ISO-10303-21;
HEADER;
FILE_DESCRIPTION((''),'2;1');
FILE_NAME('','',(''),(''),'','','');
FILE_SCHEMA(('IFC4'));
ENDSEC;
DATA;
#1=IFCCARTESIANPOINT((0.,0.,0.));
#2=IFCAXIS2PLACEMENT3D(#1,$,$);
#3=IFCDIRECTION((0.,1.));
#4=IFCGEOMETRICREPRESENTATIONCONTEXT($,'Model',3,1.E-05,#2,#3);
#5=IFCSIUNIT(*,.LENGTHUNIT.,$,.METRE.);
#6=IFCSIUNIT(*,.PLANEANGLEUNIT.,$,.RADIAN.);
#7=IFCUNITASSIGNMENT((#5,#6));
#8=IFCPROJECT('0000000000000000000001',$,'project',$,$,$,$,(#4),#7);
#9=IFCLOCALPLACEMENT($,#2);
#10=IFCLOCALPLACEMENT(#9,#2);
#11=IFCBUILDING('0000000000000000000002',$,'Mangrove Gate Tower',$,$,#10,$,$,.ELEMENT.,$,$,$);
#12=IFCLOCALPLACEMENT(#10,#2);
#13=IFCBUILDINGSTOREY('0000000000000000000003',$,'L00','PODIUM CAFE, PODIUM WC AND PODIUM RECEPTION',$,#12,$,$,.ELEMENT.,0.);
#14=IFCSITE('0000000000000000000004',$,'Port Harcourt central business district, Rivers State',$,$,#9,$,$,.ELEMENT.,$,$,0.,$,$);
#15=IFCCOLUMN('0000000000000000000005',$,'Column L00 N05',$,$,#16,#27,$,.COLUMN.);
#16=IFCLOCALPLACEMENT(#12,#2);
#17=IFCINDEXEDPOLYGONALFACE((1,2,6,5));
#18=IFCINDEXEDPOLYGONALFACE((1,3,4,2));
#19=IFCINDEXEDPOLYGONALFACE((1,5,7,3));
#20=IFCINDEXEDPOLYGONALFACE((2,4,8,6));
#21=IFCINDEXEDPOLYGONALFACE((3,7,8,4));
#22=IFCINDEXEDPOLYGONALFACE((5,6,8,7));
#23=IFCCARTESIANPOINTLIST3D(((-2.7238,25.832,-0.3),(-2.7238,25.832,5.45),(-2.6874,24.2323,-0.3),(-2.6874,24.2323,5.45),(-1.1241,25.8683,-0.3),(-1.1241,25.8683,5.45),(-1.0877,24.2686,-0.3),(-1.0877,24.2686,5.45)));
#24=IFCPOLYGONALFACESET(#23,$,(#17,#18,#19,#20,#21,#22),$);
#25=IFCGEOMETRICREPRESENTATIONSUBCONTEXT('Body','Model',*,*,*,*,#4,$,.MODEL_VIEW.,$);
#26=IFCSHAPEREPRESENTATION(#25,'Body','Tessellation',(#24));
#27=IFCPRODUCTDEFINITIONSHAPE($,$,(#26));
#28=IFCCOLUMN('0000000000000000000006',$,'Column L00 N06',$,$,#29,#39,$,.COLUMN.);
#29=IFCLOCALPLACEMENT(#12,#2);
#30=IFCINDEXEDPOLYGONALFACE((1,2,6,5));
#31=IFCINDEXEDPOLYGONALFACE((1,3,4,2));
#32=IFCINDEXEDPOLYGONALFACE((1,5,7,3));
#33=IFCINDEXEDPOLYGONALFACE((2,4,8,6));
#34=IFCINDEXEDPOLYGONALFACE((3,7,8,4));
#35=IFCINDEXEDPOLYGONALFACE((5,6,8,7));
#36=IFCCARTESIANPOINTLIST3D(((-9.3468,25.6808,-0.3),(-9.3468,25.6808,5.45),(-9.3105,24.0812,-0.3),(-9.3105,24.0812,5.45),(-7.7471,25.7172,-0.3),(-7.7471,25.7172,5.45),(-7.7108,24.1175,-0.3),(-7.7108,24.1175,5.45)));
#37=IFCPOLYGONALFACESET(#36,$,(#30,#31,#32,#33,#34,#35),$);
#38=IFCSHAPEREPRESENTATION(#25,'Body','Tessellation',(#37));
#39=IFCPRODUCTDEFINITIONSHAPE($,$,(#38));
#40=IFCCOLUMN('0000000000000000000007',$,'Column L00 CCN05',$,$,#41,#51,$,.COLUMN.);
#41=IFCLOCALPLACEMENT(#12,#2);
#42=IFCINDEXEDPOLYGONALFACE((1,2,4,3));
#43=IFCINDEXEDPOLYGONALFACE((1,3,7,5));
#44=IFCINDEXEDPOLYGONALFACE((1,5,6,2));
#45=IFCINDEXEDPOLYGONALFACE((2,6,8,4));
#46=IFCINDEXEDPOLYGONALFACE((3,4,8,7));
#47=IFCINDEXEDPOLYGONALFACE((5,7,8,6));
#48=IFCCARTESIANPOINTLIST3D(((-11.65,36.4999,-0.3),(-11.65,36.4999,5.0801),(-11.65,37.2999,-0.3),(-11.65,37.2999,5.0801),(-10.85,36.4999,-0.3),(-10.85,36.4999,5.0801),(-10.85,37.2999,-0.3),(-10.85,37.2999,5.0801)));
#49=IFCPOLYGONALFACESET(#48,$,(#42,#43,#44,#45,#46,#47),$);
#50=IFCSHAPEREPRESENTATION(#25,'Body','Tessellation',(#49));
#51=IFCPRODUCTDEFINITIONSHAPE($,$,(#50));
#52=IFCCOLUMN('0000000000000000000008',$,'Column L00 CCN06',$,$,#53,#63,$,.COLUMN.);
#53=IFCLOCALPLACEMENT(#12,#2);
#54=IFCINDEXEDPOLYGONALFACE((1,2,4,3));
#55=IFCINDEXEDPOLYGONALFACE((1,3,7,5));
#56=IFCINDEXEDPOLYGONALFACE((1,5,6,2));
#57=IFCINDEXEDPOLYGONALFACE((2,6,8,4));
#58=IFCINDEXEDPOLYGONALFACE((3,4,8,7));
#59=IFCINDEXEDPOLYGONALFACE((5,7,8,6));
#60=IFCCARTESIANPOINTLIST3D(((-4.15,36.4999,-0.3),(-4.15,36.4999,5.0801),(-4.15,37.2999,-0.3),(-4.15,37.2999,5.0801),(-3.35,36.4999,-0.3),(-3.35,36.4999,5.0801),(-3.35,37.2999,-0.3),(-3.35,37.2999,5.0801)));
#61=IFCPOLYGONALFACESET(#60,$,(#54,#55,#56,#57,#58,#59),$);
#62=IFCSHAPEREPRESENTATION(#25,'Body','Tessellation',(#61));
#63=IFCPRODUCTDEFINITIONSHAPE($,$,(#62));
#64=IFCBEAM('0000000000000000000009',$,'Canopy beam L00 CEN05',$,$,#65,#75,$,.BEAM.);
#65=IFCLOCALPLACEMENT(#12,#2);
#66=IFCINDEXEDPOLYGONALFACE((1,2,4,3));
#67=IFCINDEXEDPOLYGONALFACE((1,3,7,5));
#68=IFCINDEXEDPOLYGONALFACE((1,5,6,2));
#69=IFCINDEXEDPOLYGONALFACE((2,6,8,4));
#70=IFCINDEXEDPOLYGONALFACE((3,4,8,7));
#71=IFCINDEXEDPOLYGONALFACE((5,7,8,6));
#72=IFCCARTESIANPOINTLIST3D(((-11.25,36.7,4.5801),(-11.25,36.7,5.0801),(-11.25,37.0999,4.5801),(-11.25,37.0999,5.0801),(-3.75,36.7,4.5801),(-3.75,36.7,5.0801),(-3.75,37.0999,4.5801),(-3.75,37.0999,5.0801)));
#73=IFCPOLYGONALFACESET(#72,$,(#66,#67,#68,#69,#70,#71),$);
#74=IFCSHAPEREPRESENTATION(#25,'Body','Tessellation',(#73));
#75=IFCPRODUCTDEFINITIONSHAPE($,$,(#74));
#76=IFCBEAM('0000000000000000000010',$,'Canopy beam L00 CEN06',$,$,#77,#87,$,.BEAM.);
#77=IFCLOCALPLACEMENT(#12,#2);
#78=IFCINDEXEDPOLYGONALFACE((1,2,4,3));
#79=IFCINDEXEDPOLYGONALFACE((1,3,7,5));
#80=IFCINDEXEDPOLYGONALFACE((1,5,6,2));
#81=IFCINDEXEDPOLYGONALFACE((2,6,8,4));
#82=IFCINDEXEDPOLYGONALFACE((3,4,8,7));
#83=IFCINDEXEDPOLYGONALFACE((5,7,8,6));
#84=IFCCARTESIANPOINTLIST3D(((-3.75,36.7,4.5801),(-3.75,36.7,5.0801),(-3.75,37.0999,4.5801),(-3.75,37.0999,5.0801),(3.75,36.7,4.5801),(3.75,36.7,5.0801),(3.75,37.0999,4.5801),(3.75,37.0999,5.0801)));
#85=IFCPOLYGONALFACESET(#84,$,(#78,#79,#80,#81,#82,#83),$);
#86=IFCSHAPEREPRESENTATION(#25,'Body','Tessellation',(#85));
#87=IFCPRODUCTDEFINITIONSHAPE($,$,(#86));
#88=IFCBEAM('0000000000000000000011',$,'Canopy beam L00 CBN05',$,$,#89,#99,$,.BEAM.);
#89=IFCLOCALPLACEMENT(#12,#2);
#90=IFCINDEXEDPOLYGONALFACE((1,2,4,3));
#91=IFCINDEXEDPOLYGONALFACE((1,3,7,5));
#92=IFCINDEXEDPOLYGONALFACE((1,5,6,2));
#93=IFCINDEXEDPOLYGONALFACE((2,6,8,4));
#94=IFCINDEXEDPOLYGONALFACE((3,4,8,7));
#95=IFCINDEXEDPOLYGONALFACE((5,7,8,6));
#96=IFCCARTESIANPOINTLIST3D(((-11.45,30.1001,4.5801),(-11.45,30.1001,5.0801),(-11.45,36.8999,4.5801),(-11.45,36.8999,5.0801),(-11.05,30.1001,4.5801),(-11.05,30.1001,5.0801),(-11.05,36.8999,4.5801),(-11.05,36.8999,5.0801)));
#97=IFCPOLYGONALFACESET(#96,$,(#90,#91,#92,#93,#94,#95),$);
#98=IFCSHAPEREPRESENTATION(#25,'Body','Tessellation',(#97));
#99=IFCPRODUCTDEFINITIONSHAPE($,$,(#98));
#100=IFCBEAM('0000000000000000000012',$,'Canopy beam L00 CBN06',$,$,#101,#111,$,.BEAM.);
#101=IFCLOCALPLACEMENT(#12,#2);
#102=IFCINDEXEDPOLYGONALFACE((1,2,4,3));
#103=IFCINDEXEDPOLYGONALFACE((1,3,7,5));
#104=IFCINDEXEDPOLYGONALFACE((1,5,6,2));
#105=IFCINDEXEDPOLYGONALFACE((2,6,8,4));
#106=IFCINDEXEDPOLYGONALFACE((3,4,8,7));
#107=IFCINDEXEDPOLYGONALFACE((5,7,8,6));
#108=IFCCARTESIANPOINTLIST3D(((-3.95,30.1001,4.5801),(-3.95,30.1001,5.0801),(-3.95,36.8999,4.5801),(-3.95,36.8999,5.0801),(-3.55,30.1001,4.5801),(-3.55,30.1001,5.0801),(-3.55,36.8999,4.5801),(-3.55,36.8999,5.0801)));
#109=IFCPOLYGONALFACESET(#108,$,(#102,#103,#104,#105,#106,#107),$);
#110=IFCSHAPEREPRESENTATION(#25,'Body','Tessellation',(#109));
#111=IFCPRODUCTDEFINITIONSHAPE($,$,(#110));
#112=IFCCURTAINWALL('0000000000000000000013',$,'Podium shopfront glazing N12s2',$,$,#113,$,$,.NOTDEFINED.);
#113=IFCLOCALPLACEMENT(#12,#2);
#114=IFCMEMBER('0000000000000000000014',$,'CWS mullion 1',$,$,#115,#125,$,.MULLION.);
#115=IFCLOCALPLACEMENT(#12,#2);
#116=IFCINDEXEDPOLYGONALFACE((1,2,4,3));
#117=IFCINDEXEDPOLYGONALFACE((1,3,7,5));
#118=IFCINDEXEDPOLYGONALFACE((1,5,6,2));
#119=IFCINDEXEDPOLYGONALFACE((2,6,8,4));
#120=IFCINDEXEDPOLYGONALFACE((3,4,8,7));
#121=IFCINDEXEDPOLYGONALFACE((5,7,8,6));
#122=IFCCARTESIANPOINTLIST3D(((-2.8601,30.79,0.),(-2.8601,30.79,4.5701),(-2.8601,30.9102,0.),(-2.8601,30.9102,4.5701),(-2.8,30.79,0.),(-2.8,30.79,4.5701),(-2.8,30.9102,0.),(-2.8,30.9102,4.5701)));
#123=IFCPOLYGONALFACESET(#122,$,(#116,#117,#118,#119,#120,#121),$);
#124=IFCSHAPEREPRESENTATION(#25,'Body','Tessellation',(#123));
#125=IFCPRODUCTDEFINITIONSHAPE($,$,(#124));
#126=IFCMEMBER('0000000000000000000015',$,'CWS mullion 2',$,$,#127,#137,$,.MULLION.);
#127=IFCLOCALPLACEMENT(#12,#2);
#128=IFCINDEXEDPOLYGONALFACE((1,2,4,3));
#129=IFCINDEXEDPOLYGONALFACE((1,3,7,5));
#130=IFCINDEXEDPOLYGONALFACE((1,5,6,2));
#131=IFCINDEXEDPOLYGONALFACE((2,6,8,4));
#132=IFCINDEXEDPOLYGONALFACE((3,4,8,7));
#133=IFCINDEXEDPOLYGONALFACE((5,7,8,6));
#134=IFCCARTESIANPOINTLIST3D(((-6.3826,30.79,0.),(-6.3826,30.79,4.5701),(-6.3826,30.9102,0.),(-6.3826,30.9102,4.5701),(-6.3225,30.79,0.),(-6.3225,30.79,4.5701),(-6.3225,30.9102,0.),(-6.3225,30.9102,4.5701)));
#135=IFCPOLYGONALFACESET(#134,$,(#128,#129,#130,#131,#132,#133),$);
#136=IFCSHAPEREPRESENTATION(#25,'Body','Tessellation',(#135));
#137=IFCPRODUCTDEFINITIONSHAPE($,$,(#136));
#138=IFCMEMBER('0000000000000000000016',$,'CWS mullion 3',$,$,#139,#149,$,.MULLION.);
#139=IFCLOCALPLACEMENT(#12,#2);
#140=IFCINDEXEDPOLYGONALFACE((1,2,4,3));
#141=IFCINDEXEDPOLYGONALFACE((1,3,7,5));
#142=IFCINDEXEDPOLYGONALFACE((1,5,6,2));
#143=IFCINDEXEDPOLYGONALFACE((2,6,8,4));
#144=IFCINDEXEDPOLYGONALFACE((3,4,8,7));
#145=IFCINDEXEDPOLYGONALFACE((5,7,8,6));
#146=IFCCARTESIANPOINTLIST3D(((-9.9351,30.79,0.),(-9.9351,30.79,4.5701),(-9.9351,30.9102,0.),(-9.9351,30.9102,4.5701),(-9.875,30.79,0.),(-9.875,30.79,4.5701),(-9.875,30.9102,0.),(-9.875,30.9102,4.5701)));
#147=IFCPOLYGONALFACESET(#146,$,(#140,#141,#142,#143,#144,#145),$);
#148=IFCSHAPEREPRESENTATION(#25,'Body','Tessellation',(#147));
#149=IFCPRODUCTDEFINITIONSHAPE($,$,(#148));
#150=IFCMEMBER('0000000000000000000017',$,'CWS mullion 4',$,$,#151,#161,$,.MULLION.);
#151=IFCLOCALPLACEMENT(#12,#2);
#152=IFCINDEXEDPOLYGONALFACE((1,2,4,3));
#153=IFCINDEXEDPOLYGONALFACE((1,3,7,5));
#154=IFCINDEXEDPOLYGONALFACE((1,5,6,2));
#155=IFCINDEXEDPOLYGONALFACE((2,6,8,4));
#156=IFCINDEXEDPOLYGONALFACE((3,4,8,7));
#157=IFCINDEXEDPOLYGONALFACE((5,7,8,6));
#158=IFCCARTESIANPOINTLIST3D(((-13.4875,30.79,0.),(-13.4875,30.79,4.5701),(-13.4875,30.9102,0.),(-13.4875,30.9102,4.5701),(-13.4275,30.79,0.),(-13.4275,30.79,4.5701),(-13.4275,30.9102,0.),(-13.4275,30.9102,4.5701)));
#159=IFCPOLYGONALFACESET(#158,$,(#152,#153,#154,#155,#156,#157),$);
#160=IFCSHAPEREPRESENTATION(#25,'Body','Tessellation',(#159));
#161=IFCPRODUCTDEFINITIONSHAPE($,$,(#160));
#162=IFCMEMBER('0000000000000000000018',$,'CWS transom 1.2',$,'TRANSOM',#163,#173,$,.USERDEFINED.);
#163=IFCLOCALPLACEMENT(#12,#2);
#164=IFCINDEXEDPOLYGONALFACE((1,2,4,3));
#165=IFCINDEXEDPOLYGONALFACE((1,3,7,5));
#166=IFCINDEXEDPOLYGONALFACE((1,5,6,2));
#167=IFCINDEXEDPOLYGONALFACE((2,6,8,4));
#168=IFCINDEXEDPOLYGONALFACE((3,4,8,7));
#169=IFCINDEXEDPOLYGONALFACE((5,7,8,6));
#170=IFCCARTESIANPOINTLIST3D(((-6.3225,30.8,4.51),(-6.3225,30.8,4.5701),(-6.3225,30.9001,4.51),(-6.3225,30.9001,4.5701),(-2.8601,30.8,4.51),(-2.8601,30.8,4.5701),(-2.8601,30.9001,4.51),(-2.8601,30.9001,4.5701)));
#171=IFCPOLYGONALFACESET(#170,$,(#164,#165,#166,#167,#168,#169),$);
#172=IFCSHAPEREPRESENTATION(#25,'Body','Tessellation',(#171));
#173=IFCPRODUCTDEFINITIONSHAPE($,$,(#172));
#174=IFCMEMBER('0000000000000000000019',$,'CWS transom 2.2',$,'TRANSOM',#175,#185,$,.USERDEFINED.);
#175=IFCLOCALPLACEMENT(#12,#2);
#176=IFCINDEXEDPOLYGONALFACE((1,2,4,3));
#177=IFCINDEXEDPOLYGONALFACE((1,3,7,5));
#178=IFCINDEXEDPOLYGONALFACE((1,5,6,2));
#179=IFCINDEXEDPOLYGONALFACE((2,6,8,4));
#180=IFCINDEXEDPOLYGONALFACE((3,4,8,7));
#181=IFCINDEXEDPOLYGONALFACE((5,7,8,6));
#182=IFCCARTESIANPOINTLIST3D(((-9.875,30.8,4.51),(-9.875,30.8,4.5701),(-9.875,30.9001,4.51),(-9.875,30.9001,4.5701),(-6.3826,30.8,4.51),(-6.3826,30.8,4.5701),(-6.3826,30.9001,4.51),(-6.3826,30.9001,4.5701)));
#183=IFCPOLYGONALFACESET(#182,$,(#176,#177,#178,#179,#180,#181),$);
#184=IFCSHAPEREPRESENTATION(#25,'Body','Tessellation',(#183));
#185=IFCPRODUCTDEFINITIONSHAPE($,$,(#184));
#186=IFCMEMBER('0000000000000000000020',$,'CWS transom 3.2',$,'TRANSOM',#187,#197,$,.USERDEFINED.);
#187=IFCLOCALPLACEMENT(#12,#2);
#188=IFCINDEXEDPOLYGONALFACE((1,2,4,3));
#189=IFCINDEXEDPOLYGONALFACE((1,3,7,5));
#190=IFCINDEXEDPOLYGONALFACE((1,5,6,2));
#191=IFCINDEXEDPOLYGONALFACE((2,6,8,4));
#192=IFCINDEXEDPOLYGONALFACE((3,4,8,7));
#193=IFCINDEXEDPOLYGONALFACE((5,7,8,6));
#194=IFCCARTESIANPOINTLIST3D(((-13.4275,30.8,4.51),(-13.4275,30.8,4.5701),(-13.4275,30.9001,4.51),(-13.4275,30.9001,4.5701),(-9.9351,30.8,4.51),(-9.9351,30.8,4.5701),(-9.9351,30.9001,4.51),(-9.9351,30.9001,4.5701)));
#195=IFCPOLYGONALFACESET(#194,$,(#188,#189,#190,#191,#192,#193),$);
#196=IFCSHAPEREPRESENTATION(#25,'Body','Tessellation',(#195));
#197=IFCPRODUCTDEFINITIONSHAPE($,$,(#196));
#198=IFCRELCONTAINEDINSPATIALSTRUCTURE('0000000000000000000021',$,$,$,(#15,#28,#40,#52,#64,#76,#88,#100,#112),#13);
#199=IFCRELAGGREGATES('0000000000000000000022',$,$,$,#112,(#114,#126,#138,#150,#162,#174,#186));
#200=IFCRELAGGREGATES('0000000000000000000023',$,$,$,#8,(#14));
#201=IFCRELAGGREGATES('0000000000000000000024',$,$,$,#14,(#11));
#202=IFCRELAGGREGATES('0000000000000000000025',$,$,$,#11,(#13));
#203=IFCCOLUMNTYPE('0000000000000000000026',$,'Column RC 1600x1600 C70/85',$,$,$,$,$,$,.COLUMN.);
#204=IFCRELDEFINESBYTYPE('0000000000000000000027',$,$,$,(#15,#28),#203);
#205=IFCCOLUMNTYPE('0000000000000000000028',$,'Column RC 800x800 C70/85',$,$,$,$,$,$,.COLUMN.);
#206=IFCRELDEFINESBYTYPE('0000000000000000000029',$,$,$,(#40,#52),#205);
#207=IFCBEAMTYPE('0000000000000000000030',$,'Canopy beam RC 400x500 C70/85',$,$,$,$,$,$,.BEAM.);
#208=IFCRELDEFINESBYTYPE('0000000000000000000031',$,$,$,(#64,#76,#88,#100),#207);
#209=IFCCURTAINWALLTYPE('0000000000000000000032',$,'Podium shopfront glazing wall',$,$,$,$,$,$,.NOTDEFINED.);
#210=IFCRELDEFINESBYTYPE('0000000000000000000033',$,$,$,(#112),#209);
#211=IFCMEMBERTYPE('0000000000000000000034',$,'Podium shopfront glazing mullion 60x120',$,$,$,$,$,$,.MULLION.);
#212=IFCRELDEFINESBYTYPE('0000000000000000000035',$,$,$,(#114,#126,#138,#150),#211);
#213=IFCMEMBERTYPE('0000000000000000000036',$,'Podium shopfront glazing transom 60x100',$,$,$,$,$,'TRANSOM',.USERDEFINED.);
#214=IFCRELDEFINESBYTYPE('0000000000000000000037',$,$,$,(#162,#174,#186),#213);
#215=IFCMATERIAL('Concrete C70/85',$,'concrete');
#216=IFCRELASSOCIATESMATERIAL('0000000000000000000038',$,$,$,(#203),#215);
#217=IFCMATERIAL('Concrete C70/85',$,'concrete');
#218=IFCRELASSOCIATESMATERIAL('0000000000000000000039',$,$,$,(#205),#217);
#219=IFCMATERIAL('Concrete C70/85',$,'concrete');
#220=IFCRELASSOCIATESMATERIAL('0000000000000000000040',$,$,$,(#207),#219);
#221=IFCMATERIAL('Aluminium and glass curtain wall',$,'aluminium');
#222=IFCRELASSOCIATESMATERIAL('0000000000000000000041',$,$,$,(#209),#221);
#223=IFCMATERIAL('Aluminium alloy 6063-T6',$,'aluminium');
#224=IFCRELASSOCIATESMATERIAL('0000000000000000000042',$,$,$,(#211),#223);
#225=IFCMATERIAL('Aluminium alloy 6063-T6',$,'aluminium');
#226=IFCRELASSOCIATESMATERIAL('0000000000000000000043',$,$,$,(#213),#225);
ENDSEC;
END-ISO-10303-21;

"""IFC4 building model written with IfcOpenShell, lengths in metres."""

from ifc_helpers import new_model, si_unit, direction, frame, origin, origin_2d, place, context, subcontext, project, spatial, rectangle, extrude, material, material_profile, profile_set, type_object, element, aggregate, save


model = new_model("IFC4")

# Units and contexts
model_context = context("Model", 3, precision=1e-05, world=origin(), true_north=direction((0.0, 1.0)))
body_context = subcontext(model_context, "Body", "Model", "MODEL_VIEW")
ifc_project = project(units=[si_unit("LENGTHUNIT", "METRE"), si_unit("PLANEANGLEUNIT", "RADIAN")], contexts=[model_context])

# Site, building, storey
site_placement = place(None, origin())
site = spatial("IfcSite", under=ifc_project, at=site_placement, Name="Port Harcourt central business district, Rivers State", CompositionType="ELEMENT", RefElevation=0.0)
building_placement = place(site_placement, origin())
building = spatial("IfcBuilding", under=site, at=building_placement, Name="Mangrove Gate Tower", CompositionType="ELEMENT")
storey_placement = place(building_placement, origin())
storey = spatial("IfcBuildingStorey", under=building, at=storey_placement, Name="L00", Description="PODIUM CAFE, PODIUM WC AND PODIUM RECEPTION", CompositionType="ELEMENT", Elevation=0.0)

# Columns
ifc_material_1 = material(Name="Concrete C70/85", Category="concrete")
ifc_material_profile_1 = material_profile(ifc_material_1, rectangle(XDim=1.6001, YDim=1.6001, at=origin_2d()))
ifc_profile_set_1 = profile_set([ifc_material_profile_1], Name="Concrete C70/85")
column_type_1 = type_object("IfcColumnType", Name="Column RC 1600x1600 C70/85", PredefinedType="COLUMN", material=ifc_profile_set_1)
for number, where, z_axis, x_axis, name in (
    (1, (-1.9058, 25.0503, -0.3), (0.0, 0.0, 1.0), (-0.999742, -0.022718, 0.0), "Column L00 N05"),
    (2, (-8.5288, 24.8992, -0.3), (0.0, 0.0, 1.0), (-0.999742, -0.022716, 0.0), "Column L00 N06"),
):
    element("IfcColumn", number, at=place(storey_placement, frame(where, z_axis=z_axis, x_axis=x_axis)), inside=storey, type_object=column_type_1, Name=name, PredefinedType="COLUMN", context=body_context, shape_type="SweptSolid", body=[
        extrude(rectangle(XDim=1.6001, YDim=1.6001, at=origin_2d()), origin(), (0.0, 0.0, 1.0), 5.75),
    ])
ifc_material_2 = material(Name="Concrete C70/85", Category="concrete")
ifc_material_profile_2 = material_profile(ifc_material_2, rectangle(XDim=0.8, YDim=0.8, at=origin_2d()))
ifc_profile_set_2 = profile_set([ifc_material_profile_2], Name="Concrete C70/85")
column_type_2 = type_object("IfcColumnType", Name="Column RC 800x800 C70/85", PredefinedType="COLUMN", material=ifc_profile_set_2)
for number, where, z_axis, x_axis, name in (
    (3, (-11.25, 36.8999, -0.3), (0.0, 0.0, 1.0), (1.0, 0.0, 0.0), "Column L00 CCN05"),
    (4, (-3.75, 36.8999, -0.3), (0.0, 0.0, 1.0), (1.0, 0.0, 0.0), "Column L00 CCN06"),
):
    element("IfcColumn", number, at=place(storey_placement, frame(where, z_axis=z_axis, x_axis=x_axis)), inside=storey, type_object=column_type_2, Name=name, PredefinedType="COLUMN", context=body_context, shape_type="SweptSolid", body=[
        extrude(rectangle(XDim=0.8, YDim=0.8, at=origin_2d()), origin(), (0.0, 0.0, 1.0), 5.3801),
    ])

# Beams
ifc_material_3 = material(Name="Concrete C70/85", Category="concrete")
ifc_material_profile_3 = material_profile(ifc_material_3, rectangle(XDim=0.3999, YDim=0.5, at=origin_2d()))
ifc_profile_set_3 = profile_set([ifc_material_profile_3], Name="Concrete C70/85")
beam_type = type_object("IfcBeamType", Name="Canopy beam RC 400x500 C70/85", PredefinedType="BEAM", material=ifc_profile_set_3)
for number, where, z_axis, x_axis, name in (
    (5, (-11.25, 36.8999, 4.8301), (1.0, 0.0, 0.0), (0.0, 1.0, 0.0), "Canopy beam L00 CEN05"),
    (6, (-3.75, 36.8999, 4.8301), (1.0, 0.0, 0.0), (0.0, 1.0, 0.0), "Canopy beam L00 CEN06"),
):
    element("IfcBeam", number, at=place(storey_placement, frame(where, z_axis=z_axis, x_axis=x_axis)), inside=storey, type_object=beam_type, Name=name, PredefinedType="BEAM", context=body_context, shape_type="SweptSolid", body=[
        extrude(rectangle(XDim=0.3999, YDim=0.5, at=origin_2d()), origin(), (0.0, 0.0, 1.0), 7.5),
    ])
for number, where, z_axis, x_axis, name in (
    (7, (-11.25, 30.1001, 4.8301), (0.0, 1.0, 0.0), (-1.0, 0.0, 0.0), "Canopy beam L00 CBN05"),
    (8, (-3.75, 30.1001, 4.8301), (0.0, 1.0, 0.0), (-1.0, 0.0, 0.0), "Canopy beam L00 CBN06"),
):
    element("IfcBeam", number, at=place(storey_placement, frame(where, z_axis=z_axis, x_axis=x_axis)), inside=storey, type_object=beam_type, Name=name, PredefinedType="BEAM", context=body_context, shape_type="SweptSolid", body=[
        extrude(rectangle(XDim=0.3999, YDim=0.5, at=origin_2d()), origin(), (0.0, 0.0, 1.0), 6.7998),
    ])

# Curtain wall, members
ifc_material_4 = material(Name="Aluminium and glass curtain wall", Category="aluminium")
curtain_wall_type = type_object("IfcCurtainWallType", Name="Podium shopfront glazing wall", PredefinedType="NOTDEFINED", material=ifc_material_4)
curtain_wall_placement = place(storey_placement, origin())
curtain_wall = element("IfcCurtainWall", 9, at=curtain_wall_placement, inside=storey, type_object=curtain_wall_type, Name="Podium shopfront glazing N12s2", PredefinedType="NOTDEFINED")
ifc_material_5 = material(Name="Aluminium alloy 6063-T6", Category="aluminium")
ifc_material_profile_4 = material_profile(ifc_material_5, rectangle(XDim=0.0601, YDim=0.1201, at=origin_2d()))
ifc_profile_set_4 = profile_set([ifc_material_profile_4], Name="Aluminium alloy 6063-T6")
member_type_1 = type_object("IfcMemberType", Name="Podium shopfront glazing mullion 60x120", PredefinedType="MULLION", material=ifc_profile_set_4)
member_1_placement = place(storey_placement, frame((-2.8301, 30.8501, 0.0), z_axis=(0.0, 0.0, 1.0), x_axis=(-1.0, 0.0, 0.0)))
member_1 = element("IfcMember", 10, at=member_1_placement, type_object=member_type_1, Name="CWS mullion 1", PredefinedType="MULLION", context=body_context, shape_type="SweptSolid", body=[
    extrude(rectangle(XDim=0.0601, YDim=0.1201, at=origin_2d()), origin(), (0.0, 0.0, 1.0), 4.5701),
])
member_2_placement = place(storey_placement, frame((-6.3525, 30.8501, 0.0), z_axis=(0.0, 0.0, 1.0), x_axis=(-1.0, 0.0, 0.0)))
member_2 = element("IfcMember", 11, at=member_2_placement, type_object=member_type_1, Name="CWS mullion 2", PredefinedType="MULLION", context=body_context, shape_type="SweptSolid", body=[
    extrude(rectangle(XDim=0.0601, YDim=0.1201, at=origin_2d()), origin(), (0.0, 0.0, 1.0), 4.5701),
])
member_3_placement = place(storey_placement, frame((-9.905, 30.8501, 0.0), z_axis=(0.0, 0.0, 1.0), x_axis=(-1.0, 0.0, 0.0)))
member_3 = element("IfcMember", 12, at=member_3_placement, type_object=member_type_1, Name="CWS mullion 3", PredefinedType="MULLION", context=body_context, shape_type="SweptSolid", body=[
    extrude(rectangle(XDim=0.0601, YDim=0.1201, at=origin_2d()), origin(), (0.0, 0.0, 1.0), 4.5701),
])
member_4_placement = place(storey_placement, frame((-13.4575, 30.8501, 0.0), z_axis=(0.0, 0.0, 1.0), x_axis=(-1.0, 0.0, 0.0)))
member_4 = element("IfcMember", 13, at=member_4_placement, type_object=member_type_1, Name="CWS mullion 4", PredefinedType="MULLION", context=body_context, shape_type="SweptSolid", body=[
    extrude(rectangle(XDim=0.0601, YDim=0.1201, at=origin_2d()), origin(), (0.0, 0.0, 1.0), 4.5701),
])
ifc_material_6 = material(Name="Aluminium alloy 6063-T6", Category="aluminium")
ifc_material_profile_5 = material_profile(ifc_material_6, rectangle(XDim=0.0601, YDim=0.1001, at=origin_2d()))
ifc_profile_set_5 = profile_set([ifc_material_profile_5], Name="Aluminium alloy 6063-T6")
member_type_2 = type_object("IfcMemberType", Name="Podium shopfront glazing transom 60x100", ElementType="TRANSOM", PredefinedType="USERDEFINED", material=ifc_profile_set_5)
member_5_placement = place(storey_placement, frame((-2.8601, 30.8501, 4.54), z_axis=(-1.0, 0.0, 0.0), x_axis=(0.0, 0.0, 1.0)))
member_5 = element("IfcMember", 14, at=member_5_placement, type_object=member_type_2, Name="CWS transom 1.2", ObjectType="TRANSOM", PredefinedType="USERDEFINED", context=body_context, shape_type="SweptSolid", body=[
    extrude(rectangle(XDim=0.0601, YDim=0.1001, at=origin_2d()), origin(), (0.0, 0.0, 1.0), 3.4624),
])
member_6_placement = place(storey_placement, frame((-6.3826, 30.8501, 4.54), z_axis=(-1.0, 0.0, 0.0), x_axis=(0.0, 0.0, 1.0)))
member_6 = element("IfcMember", 15, at=member_6_placement, type_object=member_type_2, Name="CWS transom 2.2", ObjectType="TRANSOM", PredefinedType="USERDEFINED", context=body_context, shape_type="SweptSolid", body=[
    extrude(rectangle(XDim=0.0601, YDim=0.1001, at=origin_2d()), origin(), (0.0, 0.0, 1.0), 3.4924),
])
member_7_placement = place(storey_placement, frame((-9.9351, 30.8501, 4.54), z_axis=(-1.0, 0.0, 0.0), x_axis=(0.0, 0.0, 1.0)))
member_7 = element("IfcMember", 16, at=member_7_placement, type_object=member_type_2, Name="CWS transom 3.2", ObjectType="TRANSOM", PredefinedType="USERDEFINED", context=body_context, shape_type="SweptSolid", body=[
    extrude(rectangle(XDim=0.0601, YDim=0.1001, at=origin_2d()), origin(), (0.0, 0.0, 1.0), 3.4924),
])
aggregate(curtain_wall, [member_1, member_2, member_3, member_4, member_5, member_6, member_7])

save(model, "model.ifc")
